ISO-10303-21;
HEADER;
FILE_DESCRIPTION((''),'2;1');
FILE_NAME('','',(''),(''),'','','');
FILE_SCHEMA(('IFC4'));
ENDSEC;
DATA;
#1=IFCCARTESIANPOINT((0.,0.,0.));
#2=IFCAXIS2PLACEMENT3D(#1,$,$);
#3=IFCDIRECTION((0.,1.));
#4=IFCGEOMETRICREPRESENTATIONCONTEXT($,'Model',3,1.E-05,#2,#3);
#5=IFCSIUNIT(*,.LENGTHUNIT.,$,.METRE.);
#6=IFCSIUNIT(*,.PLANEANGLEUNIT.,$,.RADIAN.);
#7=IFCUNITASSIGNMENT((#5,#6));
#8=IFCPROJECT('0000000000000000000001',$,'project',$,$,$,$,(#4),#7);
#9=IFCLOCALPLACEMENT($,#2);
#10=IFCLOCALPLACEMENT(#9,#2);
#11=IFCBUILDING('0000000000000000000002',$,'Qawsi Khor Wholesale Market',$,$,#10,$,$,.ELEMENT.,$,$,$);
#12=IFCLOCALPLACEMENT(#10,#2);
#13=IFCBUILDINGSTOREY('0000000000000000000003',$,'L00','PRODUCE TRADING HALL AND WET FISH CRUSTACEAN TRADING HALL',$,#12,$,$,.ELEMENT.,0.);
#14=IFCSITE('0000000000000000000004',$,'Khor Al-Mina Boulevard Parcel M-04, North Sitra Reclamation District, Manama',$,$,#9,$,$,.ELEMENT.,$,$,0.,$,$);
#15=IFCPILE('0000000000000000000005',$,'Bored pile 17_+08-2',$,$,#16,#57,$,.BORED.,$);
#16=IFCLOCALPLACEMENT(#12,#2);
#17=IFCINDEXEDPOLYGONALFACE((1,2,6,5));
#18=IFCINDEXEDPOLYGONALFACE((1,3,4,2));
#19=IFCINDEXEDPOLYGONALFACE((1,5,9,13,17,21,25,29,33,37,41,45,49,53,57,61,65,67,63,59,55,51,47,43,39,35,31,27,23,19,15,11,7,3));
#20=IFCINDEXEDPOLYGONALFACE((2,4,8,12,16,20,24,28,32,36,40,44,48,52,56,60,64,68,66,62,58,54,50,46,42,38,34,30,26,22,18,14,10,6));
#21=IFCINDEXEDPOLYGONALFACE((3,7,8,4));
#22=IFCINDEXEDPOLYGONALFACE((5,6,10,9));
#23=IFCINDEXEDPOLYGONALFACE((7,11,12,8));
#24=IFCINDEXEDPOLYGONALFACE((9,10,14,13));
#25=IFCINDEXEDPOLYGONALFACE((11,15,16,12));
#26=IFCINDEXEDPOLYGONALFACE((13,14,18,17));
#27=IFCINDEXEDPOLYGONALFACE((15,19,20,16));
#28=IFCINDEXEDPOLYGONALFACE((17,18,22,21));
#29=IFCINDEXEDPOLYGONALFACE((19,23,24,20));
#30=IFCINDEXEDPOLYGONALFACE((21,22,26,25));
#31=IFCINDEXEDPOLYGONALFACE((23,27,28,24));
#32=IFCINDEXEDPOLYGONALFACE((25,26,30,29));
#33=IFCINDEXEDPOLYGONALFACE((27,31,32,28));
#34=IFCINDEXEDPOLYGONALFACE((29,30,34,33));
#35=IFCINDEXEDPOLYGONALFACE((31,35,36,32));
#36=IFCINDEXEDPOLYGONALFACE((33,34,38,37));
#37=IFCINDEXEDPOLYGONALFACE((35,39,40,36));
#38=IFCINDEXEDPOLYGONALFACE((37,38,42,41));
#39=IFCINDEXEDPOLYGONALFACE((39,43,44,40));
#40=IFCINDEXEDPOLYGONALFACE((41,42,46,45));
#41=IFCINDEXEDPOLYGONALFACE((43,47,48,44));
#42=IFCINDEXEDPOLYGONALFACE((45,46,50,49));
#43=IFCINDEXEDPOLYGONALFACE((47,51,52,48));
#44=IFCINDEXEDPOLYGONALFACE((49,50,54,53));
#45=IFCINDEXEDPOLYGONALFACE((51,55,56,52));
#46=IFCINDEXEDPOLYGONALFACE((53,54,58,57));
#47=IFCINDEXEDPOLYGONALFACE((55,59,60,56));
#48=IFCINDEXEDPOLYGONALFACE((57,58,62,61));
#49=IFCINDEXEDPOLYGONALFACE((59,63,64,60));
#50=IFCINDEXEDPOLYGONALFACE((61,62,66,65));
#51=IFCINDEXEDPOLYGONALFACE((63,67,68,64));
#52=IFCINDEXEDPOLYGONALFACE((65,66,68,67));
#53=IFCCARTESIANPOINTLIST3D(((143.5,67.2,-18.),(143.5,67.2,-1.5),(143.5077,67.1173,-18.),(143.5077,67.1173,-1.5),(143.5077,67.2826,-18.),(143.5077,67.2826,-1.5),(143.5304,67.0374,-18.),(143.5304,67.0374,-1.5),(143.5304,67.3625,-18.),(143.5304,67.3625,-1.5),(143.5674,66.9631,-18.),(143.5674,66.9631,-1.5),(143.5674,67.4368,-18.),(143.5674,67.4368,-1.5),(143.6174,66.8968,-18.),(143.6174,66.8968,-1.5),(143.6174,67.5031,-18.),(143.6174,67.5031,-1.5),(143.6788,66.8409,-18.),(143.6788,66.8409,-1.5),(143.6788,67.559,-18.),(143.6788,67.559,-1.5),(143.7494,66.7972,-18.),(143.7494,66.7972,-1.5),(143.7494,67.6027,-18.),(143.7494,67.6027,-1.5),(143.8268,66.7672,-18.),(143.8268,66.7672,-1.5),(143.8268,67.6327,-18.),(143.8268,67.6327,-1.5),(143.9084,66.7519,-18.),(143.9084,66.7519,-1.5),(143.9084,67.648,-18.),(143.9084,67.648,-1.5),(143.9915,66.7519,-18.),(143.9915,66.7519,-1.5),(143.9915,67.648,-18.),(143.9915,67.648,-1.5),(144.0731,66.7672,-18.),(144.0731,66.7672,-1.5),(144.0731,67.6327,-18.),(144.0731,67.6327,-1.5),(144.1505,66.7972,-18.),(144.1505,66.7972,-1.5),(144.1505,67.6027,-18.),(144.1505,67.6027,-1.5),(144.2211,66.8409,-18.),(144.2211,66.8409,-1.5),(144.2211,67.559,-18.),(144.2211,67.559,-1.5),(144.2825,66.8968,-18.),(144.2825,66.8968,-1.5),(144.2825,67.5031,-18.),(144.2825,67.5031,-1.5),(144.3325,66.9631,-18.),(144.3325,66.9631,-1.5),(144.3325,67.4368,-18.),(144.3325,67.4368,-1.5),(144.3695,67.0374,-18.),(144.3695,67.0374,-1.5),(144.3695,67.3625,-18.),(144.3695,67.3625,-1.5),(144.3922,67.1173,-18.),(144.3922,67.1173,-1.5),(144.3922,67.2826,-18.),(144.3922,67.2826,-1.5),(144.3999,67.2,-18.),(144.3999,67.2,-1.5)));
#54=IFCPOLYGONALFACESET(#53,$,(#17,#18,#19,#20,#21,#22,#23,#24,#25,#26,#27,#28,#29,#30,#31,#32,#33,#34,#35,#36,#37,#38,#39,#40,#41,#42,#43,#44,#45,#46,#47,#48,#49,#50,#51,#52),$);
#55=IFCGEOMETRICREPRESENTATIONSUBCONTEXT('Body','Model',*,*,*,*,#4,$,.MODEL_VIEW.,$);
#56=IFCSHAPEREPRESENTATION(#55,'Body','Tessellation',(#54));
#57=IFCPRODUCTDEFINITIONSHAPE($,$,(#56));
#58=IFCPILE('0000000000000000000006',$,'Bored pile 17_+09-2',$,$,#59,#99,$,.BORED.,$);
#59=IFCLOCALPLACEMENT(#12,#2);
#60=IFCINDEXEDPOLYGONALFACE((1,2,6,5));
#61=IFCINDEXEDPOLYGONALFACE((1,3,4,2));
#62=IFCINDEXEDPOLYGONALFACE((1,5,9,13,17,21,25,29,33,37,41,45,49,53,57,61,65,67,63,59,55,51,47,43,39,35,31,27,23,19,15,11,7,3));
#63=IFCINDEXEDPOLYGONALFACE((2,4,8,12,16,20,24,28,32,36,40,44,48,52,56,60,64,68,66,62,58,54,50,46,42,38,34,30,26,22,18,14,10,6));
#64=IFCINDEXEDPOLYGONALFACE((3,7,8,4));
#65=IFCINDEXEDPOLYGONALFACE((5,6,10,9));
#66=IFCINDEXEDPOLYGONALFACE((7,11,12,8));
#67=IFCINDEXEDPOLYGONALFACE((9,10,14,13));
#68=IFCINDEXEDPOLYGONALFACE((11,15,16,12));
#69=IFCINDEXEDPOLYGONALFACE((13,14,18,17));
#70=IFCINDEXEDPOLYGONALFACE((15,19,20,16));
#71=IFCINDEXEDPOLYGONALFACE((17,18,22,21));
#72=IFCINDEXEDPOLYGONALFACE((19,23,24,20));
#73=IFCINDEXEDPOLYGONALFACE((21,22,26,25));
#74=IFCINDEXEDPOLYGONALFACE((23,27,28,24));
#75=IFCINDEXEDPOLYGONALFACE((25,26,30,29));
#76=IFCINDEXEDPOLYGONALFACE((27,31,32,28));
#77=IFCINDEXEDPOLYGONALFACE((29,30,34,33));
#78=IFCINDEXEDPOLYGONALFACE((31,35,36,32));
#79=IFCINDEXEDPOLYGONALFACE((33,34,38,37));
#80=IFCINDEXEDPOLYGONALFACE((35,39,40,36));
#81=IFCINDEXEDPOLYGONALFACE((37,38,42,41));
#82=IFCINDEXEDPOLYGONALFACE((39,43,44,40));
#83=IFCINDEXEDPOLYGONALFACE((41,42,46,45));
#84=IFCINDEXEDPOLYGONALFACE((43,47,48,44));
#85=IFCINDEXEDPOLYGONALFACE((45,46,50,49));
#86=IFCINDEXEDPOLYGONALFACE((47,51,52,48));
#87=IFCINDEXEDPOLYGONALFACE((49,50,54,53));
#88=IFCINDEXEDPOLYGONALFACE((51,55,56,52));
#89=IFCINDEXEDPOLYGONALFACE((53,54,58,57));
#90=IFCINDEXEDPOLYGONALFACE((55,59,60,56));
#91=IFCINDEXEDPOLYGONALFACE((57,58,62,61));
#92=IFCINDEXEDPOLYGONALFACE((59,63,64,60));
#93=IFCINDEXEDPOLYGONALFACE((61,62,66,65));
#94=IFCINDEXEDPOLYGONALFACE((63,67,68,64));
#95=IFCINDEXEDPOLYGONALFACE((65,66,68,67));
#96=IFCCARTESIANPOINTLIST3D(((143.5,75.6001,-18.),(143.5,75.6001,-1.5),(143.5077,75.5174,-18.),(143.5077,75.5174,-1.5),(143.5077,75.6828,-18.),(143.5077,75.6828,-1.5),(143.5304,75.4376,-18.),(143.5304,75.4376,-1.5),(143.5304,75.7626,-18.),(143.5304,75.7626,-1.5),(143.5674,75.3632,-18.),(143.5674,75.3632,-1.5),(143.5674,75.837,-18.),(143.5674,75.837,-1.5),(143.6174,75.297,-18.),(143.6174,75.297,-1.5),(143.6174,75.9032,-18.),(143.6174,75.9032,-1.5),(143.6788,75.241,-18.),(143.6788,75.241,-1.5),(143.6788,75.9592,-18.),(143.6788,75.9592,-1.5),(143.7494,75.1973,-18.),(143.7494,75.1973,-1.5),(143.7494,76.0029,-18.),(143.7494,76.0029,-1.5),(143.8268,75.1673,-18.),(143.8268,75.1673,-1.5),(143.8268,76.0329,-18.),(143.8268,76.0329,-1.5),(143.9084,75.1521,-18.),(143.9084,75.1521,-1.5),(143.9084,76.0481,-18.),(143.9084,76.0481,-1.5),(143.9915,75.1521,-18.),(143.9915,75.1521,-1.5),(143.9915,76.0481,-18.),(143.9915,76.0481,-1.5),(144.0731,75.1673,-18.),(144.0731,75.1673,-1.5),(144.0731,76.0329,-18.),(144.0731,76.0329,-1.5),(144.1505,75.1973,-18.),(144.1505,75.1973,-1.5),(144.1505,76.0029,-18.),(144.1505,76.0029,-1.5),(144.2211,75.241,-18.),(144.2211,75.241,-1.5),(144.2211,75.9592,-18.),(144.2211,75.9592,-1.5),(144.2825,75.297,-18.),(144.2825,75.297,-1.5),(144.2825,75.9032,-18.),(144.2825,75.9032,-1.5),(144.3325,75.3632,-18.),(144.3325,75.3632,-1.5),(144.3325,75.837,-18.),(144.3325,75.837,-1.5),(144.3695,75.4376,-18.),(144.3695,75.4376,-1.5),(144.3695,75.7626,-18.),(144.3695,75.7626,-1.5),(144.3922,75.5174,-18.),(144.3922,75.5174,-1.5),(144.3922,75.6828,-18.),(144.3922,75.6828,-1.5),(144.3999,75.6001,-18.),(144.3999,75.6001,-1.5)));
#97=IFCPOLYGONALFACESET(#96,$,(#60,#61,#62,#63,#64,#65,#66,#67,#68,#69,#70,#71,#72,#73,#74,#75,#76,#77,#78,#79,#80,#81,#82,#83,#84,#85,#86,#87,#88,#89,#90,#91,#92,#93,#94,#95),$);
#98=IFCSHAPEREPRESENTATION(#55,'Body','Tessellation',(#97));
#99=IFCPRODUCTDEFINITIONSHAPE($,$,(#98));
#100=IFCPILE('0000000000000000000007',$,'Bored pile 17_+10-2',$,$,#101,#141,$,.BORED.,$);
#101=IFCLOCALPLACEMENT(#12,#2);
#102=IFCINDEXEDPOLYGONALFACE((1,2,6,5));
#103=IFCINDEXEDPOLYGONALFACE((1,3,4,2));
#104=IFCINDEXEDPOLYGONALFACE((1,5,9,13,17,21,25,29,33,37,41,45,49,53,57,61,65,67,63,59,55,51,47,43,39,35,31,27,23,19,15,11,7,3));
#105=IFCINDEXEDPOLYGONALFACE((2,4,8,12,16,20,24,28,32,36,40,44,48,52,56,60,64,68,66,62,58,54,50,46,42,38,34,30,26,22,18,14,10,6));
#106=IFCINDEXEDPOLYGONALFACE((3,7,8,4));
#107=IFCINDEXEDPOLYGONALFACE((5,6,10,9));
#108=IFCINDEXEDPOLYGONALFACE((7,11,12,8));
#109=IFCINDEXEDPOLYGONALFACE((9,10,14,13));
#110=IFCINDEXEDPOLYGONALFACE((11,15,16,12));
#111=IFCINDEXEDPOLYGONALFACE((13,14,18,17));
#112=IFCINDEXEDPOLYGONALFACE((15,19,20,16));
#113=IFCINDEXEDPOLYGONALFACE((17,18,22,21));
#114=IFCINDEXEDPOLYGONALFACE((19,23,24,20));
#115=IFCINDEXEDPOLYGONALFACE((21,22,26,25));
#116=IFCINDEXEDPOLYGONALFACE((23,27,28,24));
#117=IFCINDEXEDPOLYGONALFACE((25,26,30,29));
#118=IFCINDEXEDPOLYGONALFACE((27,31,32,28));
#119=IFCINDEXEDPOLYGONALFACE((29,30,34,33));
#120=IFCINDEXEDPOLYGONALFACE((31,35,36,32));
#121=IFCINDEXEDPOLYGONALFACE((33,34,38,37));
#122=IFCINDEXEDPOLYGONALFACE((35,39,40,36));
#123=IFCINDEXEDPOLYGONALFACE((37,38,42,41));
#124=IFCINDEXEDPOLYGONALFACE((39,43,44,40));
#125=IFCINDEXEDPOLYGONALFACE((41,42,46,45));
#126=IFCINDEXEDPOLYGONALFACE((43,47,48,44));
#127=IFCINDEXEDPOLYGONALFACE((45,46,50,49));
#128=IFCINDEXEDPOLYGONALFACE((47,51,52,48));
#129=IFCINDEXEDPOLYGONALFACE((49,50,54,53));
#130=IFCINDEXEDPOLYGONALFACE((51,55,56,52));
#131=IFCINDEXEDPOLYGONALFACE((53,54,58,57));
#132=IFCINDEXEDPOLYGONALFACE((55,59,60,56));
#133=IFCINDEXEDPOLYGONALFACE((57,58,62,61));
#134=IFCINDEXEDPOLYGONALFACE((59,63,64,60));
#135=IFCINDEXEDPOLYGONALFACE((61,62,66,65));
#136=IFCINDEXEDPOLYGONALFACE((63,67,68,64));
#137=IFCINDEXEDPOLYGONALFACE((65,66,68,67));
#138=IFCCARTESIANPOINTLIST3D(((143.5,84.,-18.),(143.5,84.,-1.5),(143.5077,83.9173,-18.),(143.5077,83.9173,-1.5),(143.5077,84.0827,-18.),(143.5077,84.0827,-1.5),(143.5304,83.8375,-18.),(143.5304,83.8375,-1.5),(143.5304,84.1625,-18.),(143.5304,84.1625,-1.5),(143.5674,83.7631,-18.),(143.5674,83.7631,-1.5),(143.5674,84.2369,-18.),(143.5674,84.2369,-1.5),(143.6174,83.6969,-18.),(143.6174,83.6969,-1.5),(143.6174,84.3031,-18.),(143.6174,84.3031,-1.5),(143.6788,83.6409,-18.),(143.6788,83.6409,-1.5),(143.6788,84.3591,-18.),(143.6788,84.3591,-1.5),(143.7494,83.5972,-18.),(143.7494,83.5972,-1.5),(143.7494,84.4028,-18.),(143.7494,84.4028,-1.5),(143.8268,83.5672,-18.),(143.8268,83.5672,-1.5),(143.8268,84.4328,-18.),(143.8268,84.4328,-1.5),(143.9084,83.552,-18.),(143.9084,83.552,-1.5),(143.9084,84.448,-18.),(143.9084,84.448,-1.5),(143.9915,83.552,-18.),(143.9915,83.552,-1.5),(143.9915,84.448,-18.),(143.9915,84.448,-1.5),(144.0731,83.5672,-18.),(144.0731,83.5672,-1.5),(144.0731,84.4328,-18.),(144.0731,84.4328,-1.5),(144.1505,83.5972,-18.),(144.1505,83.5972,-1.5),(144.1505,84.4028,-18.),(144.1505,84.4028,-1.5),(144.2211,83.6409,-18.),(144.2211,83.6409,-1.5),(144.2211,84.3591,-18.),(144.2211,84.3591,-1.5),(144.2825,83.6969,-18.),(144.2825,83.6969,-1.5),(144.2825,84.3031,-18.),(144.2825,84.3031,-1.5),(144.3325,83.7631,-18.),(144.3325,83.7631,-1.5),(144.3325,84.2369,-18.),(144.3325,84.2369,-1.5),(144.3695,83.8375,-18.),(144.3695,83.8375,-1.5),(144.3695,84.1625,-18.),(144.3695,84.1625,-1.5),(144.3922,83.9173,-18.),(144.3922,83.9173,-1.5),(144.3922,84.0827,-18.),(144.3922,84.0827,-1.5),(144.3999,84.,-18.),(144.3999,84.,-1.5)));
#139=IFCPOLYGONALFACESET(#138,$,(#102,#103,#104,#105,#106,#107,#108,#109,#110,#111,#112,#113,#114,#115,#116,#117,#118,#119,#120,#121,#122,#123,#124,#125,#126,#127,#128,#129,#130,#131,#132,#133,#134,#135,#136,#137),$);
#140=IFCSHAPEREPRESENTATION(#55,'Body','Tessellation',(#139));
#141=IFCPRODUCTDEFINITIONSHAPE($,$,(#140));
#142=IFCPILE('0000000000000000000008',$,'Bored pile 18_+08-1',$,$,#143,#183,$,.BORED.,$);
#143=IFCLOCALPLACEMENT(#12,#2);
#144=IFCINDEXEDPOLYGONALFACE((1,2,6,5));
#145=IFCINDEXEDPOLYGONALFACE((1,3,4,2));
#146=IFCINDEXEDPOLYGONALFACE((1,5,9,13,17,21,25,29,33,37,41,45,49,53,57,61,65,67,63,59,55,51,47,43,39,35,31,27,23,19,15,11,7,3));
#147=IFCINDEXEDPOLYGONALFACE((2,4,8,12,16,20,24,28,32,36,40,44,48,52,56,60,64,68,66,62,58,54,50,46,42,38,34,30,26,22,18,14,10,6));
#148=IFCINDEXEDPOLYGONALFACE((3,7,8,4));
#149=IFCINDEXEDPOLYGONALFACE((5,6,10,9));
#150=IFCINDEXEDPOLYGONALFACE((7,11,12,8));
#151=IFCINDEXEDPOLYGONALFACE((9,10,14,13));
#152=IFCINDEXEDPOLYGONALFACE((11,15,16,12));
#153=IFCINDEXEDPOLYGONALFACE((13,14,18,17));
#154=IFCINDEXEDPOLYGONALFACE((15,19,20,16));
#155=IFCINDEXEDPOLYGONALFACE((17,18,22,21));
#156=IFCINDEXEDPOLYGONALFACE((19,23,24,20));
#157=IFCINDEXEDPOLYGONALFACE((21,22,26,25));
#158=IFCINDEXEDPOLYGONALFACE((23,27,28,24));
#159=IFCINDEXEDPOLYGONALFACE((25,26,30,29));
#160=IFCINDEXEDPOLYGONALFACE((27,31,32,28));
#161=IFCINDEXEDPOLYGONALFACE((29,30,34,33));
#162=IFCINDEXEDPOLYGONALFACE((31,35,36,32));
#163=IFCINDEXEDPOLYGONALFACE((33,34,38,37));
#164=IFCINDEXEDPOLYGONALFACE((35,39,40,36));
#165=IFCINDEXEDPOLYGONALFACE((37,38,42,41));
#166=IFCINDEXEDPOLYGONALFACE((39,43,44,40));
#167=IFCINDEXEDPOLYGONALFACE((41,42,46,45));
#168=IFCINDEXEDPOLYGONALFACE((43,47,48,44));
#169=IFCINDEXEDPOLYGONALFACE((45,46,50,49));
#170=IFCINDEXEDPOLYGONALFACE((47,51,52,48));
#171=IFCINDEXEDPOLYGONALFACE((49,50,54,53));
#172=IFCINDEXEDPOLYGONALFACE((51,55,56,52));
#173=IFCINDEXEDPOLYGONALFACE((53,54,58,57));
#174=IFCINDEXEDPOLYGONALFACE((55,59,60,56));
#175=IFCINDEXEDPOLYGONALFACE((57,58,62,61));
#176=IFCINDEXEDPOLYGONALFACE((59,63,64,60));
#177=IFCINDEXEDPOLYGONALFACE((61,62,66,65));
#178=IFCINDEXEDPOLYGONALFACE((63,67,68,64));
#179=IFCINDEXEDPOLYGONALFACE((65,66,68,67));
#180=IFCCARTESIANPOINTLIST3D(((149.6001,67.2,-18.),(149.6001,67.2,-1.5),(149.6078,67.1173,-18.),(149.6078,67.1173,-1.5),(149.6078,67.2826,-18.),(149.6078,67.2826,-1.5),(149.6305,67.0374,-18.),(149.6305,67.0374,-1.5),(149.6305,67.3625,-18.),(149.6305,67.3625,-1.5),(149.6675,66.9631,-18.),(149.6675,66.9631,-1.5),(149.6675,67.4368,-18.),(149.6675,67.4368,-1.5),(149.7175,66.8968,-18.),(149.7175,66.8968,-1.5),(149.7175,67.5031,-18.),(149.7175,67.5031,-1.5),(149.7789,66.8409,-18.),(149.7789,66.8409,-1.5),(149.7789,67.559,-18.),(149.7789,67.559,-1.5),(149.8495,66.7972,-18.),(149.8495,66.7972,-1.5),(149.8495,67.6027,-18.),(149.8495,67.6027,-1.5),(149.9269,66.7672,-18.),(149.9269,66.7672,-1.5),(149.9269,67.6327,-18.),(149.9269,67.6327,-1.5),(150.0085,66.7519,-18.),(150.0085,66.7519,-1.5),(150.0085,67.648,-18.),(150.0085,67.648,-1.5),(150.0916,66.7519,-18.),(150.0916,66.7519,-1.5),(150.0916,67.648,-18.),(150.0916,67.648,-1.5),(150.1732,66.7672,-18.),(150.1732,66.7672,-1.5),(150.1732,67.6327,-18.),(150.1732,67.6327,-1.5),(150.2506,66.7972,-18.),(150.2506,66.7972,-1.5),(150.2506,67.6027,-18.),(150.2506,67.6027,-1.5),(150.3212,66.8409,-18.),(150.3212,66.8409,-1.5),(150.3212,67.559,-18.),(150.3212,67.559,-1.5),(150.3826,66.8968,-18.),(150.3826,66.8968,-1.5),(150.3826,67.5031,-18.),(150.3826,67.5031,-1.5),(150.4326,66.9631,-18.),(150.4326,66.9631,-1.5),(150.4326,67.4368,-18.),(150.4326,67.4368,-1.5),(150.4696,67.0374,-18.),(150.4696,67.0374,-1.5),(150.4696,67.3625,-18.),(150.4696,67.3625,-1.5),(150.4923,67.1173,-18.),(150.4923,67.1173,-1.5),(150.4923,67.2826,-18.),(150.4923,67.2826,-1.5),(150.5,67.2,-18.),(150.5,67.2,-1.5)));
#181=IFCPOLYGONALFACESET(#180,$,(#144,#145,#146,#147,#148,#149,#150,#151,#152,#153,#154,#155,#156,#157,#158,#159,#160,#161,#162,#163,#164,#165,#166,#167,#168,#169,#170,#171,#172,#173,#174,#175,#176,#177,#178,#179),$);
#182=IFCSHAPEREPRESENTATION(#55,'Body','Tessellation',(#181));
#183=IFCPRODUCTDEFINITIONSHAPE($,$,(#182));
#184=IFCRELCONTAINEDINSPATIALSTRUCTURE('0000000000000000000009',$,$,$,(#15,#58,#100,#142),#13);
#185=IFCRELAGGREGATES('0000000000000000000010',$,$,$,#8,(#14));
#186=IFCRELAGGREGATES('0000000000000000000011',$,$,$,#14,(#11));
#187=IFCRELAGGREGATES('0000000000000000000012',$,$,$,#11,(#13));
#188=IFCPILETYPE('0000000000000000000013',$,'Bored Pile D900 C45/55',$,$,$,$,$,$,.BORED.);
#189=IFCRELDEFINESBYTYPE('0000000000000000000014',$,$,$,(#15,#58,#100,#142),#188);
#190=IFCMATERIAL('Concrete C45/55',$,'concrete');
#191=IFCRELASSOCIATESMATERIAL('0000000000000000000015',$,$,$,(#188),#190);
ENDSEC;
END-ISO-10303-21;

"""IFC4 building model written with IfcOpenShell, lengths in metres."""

from ifc_helpers import new_model, si_unit, direction, frame, origin, origin_2d, place, context, subcontext, project, spatial, circle, extrude, material, material_profile, profile_set, type_object, element, save


model = new_model("IFC4")

# Units and contexts
model_context = context("Model", 3, precision=1e-05, world=origin(), true_north=direction((0.0, 1.0)))
body_context = subcontext(model_context, "Body", "Model", "MODEL_VIEW")
ifc_project = project(units=[si_unit("LENGTHUNIT", "METRE"), si_unit("PLANEANGLEUNIT", "RADIAN")], contexts=[model_context])

# Site, building, storey
site_placement = place(None, origin())
site = spatial("IfcSite", under=ifc_project, at=site_placement, Name="Khor Al-Mina Boulevard Parcel M-04, North Sitra Reclamation District, Manama", CompositionType="ELEMENT", RefElevation=0.0)
building_placement = place(site_placement, origin())
building = spatial("IfcBuilding", under=site, at=building_placement, Name="Qawsi Khor Wholesale Market", CompositionType="ELEMENT")
storey_placement = place(building_placement, origin())
storey = spatial("IfcBuildingStorey", under=building, at=storey_placement, Name="L00", Description="PRODUCE TRADING HALL AND WET FISH CRUSTACEAN TRADING HALL", CompositionType="ELEMENT", Elevation=0.0)

# Piles
ifc_material_1 = material(Name="Concrete C45/55", Category="concrete")
ifc_material_profile_1 = material_profile(ifc_material_1, circle(Radius=0.45, at=origin_2d()), Name="PILE D900")
ifc_profile_set_1 = profile_set([ifc_material_profile_1], Name="Concrete C45/55")
pile_type = type_object("IfcPileType", Name="Bored Pile D900 C45/55", PredefinedType="BORED", material=ifc_profile_set_1)
for number, where, z_axis, x_axis, name in (
    (1, (143.95, 67.2, -1.5), (0.0, 0.0, -1.0), (1.0, 0.0, 0.0), "Bored pile 17_+08-2"),
    (2, (143.95, 75.6001, -1.5), (0.0, 0.0, -1.0), (1.0, 0.0, 0.0), "Bored pile 17_+09-2"),
    (3, (143.95, 84.0, -1.5), (0.0, 0.0, -1.0), (1.0, 0.0, 0.0), "Bored pile 17_+10-2"),
    (4, (150.05, 67.2, -1.5), (0.0, 0.0, -1.0), (1.0, 0.0, 0.0), "Bored pile 18_+08-1"),
):
    element("IfcPile", number, at=place(storey_placement, frame(where, z_axis=z_axis, x_axis=x_axis)), inside=storey, type_object=pile_type, Name=name, PredefinedType="BORED", context=body_context, shape_type="SweptSolid", body=[
        extrude(circle(Radius=0.45, at=origin_2d()), origin(), (0.0, 0.0, 1.0), 16.5),
    ])

save(model, "model.ifc")
